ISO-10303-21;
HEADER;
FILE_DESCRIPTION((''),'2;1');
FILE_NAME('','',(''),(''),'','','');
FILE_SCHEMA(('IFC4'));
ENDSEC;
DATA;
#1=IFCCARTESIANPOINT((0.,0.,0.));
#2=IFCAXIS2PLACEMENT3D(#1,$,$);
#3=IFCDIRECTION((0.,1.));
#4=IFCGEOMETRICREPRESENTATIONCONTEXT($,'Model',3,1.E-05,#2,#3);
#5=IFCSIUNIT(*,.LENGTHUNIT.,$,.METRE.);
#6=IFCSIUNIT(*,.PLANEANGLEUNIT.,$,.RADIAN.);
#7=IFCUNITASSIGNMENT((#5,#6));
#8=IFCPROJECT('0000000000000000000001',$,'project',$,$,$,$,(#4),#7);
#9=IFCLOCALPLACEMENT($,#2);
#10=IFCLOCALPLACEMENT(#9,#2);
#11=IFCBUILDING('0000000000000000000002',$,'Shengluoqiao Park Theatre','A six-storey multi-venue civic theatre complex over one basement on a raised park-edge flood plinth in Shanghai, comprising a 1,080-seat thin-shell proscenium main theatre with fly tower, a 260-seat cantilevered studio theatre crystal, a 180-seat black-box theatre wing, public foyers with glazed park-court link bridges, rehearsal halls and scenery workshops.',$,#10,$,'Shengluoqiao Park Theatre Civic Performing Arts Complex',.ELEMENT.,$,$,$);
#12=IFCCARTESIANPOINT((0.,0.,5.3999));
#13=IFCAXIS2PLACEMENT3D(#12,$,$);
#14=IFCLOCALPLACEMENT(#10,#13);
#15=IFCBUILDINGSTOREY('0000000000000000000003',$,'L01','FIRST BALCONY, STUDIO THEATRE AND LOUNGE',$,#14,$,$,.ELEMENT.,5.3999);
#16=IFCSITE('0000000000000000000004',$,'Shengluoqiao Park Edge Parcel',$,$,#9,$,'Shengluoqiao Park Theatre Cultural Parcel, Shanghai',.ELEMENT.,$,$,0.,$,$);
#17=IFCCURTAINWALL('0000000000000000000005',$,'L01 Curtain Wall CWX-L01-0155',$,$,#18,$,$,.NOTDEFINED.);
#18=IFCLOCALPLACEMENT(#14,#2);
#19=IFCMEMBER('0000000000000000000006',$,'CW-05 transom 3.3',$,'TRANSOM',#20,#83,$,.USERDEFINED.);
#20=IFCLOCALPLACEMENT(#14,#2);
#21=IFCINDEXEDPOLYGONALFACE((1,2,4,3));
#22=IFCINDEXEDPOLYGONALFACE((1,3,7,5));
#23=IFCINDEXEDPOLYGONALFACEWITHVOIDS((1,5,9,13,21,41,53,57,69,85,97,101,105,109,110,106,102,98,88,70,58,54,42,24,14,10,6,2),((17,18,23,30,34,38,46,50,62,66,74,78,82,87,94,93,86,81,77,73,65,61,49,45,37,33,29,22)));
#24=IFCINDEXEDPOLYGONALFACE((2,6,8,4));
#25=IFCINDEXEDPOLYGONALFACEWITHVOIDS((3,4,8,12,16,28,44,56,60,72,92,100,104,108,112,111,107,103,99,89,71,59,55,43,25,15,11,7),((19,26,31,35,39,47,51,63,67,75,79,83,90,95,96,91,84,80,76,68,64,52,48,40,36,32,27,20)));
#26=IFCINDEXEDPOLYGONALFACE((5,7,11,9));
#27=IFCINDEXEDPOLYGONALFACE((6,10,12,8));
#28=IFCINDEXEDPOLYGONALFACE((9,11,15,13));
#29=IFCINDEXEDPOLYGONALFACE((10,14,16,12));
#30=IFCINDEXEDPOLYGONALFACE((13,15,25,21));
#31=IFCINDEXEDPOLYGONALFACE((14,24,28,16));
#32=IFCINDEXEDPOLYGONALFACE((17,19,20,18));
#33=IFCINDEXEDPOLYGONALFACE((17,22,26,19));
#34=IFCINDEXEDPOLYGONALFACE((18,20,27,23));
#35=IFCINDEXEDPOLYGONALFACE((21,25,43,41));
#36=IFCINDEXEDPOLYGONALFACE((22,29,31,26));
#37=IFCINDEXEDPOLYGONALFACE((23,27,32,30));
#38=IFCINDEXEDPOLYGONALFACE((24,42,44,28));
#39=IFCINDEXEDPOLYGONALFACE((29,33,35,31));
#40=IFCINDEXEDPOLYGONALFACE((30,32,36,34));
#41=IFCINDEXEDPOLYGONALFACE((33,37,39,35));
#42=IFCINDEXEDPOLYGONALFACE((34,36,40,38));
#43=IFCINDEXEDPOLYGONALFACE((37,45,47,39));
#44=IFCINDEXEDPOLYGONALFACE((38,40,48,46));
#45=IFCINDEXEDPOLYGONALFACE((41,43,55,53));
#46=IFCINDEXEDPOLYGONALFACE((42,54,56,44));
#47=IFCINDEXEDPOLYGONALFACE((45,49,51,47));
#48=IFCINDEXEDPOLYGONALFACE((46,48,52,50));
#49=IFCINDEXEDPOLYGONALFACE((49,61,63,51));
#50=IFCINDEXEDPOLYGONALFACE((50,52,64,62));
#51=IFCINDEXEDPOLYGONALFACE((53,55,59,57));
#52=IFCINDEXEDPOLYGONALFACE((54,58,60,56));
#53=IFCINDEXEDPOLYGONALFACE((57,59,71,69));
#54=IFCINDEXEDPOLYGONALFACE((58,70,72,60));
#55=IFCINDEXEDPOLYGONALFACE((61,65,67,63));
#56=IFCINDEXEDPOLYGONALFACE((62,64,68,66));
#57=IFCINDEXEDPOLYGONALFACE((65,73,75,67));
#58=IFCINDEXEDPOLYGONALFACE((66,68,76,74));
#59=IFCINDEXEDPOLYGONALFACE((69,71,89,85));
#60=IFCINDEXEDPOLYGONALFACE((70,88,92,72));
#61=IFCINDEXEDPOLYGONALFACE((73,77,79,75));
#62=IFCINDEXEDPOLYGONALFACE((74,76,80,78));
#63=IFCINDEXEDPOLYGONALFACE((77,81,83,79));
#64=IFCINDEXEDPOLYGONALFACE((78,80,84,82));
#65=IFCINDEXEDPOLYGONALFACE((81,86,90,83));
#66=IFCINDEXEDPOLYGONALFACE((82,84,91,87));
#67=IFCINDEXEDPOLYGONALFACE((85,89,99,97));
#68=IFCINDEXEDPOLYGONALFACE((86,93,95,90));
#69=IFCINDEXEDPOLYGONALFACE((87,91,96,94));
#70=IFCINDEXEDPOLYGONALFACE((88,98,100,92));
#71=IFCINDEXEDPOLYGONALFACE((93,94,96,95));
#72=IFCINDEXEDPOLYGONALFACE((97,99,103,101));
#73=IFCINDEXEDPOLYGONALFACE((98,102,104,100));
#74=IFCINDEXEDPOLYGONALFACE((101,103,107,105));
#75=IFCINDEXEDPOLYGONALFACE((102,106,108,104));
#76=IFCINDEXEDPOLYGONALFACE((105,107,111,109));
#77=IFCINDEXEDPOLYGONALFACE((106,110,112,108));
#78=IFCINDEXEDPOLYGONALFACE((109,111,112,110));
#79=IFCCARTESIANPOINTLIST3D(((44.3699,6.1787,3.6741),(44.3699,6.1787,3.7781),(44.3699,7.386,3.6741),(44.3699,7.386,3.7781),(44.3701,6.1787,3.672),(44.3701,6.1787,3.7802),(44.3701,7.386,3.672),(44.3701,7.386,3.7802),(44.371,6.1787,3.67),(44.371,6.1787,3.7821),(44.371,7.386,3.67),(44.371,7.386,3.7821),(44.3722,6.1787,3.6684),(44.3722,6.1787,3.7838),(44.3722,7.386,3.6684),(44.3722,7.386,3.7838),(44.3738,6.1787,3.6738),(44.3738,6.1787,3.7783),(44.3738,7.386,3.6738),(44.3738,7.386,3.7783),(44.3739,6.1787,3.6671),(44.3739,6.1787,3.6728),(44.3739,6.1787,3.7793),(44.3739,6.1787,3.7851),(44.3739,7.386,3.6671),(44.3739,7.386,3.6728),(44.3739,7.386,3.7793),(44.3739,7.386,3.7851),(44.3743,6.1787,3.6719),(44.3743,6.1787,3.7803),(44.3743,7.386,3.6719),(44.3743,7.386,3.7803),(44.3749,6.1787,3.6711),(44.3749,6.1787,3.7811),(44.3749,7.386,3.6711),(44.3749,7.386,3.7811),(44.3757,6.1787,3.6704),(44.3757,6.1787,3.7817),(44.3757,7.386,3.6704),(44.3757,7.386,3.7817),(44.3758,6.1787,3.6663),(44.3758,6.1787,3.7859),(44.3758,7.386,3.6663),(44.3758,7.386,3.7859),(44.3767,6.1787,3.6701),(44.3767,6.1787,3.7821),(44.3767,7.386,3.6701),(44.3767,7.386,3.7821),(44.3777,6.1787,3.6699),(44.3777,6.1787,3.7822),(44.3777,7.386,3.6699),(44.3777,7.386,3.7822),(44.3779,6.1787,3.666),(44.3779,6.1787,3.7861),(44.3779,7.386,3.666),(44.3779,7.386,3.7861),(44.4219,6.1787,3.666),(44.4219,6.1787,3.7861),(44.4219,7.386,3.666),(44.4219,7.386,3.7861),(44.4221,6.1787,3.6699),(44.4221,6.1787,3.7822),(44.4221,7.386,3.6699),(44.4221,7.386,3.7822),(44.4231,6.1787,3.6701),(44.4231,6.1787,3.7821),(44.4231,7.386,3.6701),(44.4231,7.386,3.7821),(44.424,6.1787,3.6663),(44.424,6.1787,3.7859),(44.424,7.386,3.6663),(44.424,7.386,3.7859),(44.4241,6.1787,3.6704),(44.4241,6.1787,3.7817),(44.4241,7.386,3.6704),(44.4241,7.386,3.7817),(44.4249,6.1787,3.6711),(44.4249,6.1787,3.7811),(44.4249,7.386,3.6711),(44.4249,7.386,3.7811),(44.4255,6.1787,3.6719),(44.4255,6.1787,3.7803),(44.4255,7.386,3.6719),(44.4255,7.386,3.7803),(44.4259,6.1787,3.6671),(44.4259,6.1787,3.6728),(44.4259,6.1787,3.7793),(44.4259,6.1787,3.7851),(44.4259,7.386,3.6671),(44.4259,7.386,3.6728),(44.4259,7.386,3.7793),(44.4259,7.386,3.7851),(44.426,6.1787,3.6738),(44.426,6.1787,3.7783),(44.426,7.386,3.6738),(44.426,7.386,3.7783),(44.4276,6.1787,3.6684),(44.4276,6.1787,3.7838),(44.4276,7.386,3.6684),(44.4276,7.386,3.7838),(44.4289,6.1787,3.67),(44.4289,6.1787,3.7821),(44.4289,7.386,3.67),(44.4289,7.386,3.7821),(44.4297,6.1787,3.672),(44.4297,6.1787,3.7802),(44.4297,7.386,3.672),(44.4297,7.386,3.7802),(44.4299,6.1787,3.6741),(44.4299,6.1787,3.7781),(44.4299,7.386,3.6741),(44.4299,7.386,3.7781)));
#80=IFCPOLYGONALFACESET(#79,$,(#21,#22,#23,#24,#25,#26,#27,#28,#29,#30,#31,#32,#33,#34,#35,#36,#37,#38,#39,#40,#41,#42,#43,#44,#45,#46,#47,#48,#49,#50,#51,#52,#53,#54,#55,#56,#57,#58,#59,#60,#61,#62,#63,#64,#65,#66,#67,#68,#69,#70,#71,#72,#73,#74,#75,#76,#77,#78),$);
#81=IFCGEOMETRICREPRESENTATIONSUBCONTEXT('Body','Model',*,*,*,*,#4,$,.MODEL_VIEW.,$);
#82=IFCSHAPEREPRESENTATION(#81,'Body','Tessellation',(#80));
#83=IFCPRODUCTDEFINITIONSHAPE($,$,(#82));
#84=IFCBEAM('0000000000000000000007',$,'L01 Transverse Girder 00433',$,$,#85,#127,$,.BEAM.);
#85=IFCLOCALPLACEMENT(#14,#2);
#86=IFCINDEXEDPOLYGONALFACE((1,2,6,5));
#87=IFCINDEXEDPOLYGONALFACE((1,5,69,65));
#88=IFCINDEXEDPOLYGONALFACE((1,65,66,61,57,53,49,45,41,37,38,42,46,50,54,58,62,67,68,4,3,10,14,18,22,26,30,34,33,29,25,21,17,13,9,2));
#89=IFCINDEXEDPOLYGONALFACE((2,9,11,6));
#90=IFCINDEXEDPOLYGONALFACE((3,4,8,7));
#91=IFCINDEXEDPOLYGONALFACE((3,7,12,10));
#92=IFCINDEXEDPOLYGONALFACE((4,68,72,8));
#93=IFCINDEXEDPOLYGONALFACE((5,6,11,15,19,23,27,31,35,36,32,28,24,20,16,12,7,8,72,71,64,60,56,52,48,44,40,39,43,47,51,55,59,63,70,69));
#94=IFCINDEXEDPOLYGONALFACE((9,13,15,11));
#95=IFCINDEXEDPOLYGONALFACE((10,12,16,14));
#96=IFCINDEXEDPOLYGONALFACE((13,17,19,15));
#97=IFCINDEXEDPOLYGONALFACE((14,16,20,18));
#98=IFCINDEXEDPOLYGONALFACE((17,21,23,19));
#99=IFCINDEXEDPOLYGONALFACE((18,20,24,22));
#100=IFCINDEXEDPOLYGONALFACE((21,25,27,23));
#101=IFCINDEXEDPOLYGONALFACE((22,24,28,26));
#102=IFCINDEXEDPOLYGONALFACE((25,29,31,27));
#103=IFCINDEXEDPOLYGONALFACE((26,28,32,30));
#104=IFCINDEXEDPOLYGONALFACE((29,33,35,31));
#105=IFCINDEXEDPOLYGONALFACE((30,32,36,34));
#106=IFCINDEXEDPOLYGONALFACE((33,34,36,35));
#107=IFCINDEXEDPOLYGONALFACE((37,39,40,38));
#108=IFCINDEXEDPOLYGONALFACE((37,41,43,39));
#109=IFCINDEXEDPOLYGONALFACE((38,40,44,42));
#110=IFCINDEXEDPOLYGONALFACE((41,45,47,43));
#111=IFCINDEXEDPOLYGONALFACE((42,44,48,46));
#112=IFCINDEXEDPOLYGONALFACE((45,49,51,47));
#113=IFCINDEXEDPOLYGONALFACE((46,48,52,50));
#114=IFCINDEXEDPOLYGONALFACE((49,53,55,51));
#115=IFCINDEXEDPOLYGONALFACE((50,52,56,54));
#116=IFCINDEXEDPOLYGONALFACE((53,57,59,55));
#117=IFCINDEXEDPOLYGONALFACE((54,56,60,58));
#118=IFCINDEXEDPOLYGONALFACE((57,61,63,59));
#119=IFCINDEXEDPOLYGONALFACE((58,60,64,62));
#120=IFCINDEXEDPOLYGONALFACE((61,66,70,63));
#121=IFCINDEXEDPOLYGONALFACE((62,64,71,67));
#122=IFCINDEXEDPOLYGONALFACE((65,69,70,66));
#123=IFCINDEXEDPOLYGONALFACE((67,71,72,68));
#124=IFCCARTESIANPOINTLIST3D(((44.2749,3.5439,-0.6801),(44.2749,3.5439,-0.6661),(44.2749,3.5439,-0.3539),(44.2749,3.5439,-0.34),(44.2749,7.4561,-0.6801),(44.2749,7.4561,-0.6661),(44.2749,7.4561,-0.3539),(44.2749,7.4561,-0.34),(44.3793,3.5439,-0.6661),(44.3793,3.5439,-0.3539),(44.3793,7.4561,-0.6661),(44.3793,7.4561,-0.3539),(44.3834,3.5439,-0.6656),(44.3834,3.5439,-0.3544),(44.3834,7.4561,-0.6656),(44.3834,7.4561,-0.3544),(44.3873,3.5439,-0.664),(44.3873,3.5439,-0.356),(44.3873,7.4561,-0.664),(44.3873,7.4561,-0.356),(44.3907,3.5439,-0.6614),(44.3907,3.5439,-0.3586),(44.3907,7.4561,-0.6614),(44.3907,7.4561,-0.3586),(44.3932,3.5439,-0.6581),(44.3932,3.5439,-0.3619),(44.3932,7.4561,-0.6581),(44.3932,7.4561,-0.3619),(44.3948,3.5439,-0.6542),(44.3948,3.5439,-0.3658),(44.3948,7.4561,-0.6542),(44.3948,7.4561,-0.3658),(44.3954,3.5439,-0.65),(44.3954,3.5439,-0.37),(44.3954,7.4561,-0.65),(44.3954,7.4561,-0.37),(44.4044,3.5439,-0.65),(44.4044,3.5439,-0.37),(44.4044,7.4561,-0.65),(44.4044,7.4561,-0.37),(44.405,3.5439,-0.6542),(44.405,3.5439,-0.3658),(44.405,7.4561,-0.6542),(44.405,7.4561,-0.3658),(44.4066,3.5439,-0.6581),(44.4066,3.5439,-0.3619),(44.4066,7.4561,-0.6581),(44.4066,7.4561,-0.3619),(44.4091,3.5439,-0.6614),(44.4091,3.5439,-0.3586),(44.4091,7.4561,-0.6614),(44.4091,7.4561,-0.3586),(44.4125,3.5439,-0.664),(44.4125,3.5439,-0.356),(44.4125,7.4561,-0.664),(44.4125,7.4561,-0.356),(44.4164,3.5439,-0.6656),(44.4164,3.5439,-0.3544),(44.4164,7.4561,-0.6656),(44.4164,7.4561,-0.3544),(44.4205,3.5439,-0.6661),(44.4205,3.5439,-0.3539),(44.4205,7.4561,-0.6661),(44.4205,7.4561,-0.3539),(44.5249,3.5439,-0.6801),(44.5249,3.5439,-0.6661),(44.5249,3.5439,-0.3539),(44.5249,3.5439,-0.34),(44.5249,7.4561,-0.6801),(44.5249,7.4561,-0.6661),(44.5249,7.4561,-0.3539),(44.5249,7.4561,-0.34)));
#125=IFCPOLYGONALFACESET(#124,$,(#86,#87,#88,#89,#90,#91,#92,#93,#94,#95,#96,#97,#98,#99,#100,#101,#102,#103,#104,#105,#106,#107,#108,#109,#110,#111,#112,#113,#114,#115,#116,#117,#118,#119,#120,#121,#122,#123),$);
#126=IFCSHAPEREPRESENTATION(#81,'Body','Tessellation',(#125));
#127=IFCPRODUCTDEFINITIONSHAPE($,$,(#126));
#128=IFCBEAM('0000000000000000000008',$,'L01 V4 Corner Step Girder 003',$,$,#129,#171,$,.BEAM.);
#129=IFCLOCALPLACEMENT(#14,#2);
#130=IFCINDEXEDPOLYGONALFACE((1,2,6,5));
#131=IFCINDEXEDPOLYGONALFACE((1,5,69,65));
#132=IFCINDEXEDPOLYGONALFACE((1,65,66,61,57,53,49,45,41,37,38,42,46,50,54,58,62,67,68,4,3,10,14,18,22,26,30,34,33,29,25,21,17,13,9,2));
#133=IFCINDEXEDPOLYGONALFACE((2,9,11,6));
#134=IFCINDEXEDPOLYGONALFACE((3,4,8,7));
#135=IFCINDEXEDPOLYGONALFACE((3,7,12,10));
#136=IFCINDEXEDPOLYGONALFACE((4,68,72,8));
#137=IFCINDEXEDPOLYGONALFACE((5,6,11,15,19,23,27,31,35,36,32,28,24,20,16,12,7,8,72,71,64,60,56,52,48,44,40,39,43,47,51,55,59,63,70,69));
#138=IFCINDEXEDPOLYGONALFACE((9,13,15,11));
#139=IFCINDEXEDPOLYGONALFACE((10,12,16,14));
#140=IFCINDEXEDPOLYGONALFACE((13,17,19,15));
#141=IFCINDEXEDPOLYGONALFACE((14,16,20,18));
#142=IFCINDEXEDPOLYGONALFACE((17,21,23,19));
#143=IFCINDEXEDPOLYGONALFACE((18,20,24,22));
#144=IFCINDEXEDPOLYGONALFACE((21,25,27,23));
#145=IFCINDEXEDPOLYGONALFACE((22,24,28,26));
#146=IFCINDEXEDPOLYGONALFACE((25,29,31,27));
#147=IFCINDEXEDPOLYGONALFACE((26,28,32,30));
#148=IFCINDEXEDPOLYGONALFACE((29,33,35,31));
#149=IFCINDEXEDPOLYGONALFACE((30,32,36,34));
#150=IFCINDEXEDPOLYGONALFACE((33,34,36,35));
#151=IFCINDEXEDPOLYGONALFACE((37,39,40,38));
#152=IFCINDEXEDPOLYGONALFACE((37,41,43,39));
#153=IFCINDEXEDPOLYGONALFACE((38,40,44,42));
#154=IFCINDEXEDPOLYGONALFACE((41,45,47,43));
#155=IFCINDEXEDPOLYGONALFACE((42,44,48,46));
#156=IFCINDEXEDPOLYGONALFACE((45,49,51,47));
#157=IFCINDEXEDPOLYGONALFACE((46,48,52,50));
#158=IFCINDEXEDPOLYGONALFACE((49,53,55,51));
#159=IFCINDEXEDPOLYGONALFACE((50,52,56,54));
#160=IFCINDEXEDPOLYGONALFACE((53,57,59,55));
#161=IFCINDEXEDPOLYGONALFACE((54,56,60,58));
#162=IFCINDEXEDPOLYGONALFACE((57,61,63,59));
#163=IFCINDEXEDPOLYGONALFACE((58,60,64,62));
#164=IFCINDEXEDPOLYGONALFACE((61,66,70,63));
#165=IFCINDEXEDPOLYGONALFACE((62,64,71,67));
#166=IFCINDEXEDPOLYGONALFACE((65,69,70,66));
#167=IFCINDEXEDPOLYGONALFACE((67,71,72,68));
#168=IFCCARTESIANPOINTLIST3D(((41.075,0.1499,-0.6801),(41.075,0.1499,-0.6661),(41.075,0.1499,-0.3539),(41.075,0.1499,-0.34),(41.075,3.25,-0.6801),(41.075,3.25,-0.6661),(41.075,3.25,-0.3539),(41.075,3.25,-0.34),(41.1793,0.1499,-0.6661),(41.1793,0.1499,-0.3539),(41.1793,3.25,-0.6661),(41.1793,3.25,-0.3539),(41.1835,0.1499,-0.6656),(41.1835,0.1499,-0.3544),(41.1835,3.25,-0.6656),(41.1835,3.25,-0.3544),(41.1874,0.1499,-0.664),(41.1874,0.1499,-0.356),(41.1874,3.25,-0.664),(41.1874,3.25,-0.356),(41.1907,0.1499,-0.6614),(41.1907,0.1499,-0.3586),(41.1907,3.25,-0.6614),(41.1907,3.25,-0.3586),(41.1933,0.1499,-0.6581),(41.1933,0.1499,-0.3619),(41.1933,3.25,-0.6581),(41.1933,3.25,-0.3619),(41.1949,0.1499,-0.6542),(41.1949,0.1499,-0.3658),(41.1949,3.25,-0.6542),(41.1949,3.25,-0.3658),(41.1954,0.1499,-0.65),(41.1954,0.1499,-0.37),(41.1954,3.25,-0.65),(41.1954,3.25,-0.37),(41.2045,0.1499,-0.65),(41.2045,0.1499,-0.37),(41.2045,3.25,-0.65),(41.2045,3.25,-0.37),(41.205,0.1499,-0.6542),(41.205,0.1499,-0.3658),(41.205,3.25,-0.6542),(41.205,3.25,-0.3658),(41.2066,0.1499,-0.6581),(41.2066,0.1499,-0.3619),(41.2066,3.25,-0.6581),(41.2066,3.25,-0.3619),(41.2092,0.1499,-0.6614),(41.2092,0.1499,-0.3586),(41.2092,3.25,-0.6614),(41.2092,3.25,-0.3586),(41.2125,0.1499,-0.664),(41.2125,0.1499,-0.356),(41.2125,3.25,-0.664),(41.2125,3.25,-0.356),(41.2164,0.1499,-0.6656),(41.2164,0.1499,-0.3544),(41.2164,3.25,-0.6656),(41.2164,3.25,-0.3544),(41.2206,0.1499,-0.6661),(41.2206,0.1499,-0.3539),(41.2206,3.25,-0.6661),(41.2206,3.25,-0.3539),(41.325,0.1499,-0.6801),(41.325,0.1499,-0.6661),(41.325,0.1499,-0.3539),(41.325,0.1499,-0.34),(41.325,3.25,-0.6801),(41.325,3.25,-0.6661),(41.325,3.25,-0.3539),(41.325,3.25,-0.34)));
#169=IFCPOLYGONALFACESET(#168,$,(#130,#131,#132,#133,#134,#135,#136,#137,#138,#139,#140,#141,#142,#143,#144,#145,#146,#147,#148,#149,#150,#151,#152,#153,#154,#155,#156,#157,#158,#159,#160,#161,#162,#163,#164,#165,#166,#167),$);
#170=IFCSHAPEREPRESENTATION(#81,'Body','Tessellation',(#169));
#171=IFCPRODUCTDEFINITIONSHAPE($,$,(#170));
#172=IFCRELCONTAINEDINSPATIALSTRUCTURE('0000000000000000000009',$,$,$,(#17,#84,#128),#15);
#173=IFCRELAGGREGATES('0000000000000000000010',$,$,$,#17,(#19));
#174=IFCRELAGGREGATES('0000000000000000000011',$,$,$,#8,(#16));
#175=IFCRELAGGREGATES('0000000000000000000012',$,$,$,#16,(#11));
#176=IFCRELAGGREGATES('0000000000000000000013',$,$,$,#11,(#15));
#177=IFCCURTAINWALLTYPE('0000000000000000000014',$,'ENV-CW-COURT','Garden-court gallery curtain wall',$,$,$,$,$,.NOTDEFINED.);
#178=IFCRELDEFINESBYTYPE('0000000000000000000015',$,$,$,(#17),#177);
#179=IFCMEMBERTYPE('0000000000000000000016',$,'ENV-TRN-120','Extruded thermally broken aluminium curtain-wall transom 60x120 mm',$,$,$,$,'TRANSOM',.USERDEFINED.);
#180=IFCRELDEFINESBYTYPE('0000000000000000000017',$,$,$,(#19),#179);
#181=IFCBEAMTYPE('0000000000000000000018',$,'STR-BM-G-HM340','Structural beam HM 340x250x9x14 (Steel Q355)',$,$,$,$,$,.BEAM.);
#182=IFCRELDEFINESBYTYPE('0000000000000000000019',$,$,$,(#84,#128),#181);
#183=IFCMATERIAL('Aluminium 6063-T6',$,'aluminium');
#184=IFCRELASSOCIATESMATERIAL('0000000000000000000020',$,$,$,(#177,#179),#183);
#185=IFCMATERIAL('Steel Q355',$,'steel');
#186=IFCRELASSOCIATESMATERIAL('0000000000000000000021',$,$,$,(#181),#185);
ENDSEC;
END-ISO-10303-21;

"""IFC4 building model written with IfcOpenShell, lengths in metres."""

from ifc_helpers import new_model, si_unit, direction, frame, origin, origin_2d, place, context, subcontext, project, spatial, hollow_rectangle, i_section, extrude, material, material_profile, profile_set, type_object, element, aggregate, save


model = new_model("IFC4")

# Units and contexts
model_context = context("Model", 3, precision=1e-05, world=origin(), true_north=direction((0.0, 1.0)))
body_context = subcontext(model_context, "Body", "Model", "MODEL_VIEW")
ifc_project = project(units=[si_unit("LENGTHUNIT", "METRE"), si_unit("PLANEANGLEUNIT", "RADIAN")], contexts=[model_context])

# Site, building, storey
site_placement = place(None, origin())
site = spatial("IfcSite", under=ifc_project, at=site_placement, Name="Shengluoqiao Park Edge Parcel", LongName="Shengluoqiao Park Theatre Cultural Parcel, Shanghai", CompositionType="ELEMENT", RefElevation=0.0)
building_placement = place(site_placement, origin())
building = spatial("IfcBuilding", under=site, at=building_placement, Name="Shengluoqiao Park Theatre", Description="A six-storey multi-venue civic theatre complex over one basement on a raised park-edge flood plinth in Shanghai, comprising a 1,080-seat thin-shell proscenium main theatre with fly tower, a 260-seat cantilevered studio theatre crystal, a 180-seat black-box theatre wing, public foyers with glazed park-court link bridges, rehearsal halls and scenery workshops.", LongName="Shengluoqiao Park Theatre Civic Performing Arts Complex", CompositionType="ELEMENT")
storey_placement = place(building_placement, frame((0.0, 0.0, 5.3999)))
storey = spatial("IfcBuildingStorey", under=building, at=storey_placement, Name="L01", Description="FIRST BALCONY, STUDIO THEATRE AND LOUNGE", CompositionType="ELEMENT", Elevation=5.3999)

# Shared definitions
ifc_material_1 = material(Name="Steel Q355", Category="steel")

# Curtain wall, member
ifc_material_2 = material(Name="Aluminium 6063-T6", Category="aluminium")
curtain_wall_type = type_object("IfcCurtainWallType", Name="ENV-CW-COURT", Description="Garden-court gallery curtain wall", PredefinedType="NOTDEFINED", material=ifc_material_2)
curtain_wall_placement = place(storey_placement, origin())
curtain_wall = element("IfcCurtainWall", 1, at=curtain_wall_placement, inside=storey, type_object=curtain_wall_type, Name="L01 Curtain Wall CWX-L01-0155", PredefinedType="NOTDEFINED")
ifc_material_profile_1 = material_profile(ifc_material_2, hollow_rectangle(XDim=0.0601, YDim=0.1201, WallThickness=0.0039, InnerFilletRadius=0.0039, OuterFilletRadius=0.0081, at=origin_2d()), Name="ALU TRANSOM 120x60x4")
ifc_profile_set_1 = profile_set([ifc_material_profile_1], Name="Aluminium 6063-T6")
member_type_1 = type_object("IfcMemberType", Name="ENV-TRN-120", Description="Extruded thermally broken aluminium curtain-wall transom 60x120 mm", ElementType="TRANSOM", PredefinedType="USERDEFINED", material=ifc_profile_set_1)
member_1_placement = place(storey_placement, frame((44.3999, 6.1787, 3.7261), z_axis=(0.0, 1.0, 0.0), x_axis=(-1.0, 0.0, 0.0)))
member_1 = element("IfcMember", 2, at=member_1_placement, type_object=member_type_1, Name="CW-05 transom 3.3", ObjectType="TRANSOM", PredefinedType="USERDEFINED", context=body_context, shape_type="SweptSolid", body=[
    extrude(hollow_rectangle(XDim=0.0601, YDim=0.1201, WallThickness=0.0039, InnerFilletRadius=0.0039, OuterFilletRadius=0.0081, at=origin_2d()), origin(), (0.0, 0.0, 1.0), 1.2073),
])

# Beams
ifc_material_profile_2 = material_profile(ifc_material_1, i_section(OverallWidth=0.25, OverallDepth=0.3401, WebThickness=0.009, FlangeThickness=0.0139, FilletRadius=0.0161, at=origin_2d()), Name="HM 340x250x9x14")
ifc_profile_set_2 = profile_set([ifc_material_profile_2], Name="Steel Q355")
beam_type_1 = type_object("IfcBeamType", Name="STR-BM-G-HM340", Description="Structural beam HM 340x250x9x14 (Steel Q355)", PredefinedType="BEAM", material=ifc_profile_set_2)
beam_1_placement = place(storey_placement, frame((44.3999, 3.5439, -0.51), z_axis=(0.0, 1.0, 0.0), x_axis=(-1.0, 0.0, 0.0)))
element("IfcBeam", 3, at=beam_1_placement, inside=storey, type_object=beam_type_1, Name="L01 Transverse Girder 00433", PredefinedType="BEAM", context=body_context, shape_type="SweptSolid", body=[
    extrude(i_section(OverallWidth=0.25, OverallDepth=0.3401, WebThickness=0.009, FlangeThickness=0.0139, FilletRadius=0.0161, at=origin_2d()), origin(), (0.0, 0.0, 1.0), 3.9121),
])
beam_2_placement = place(storey_placement, frame((41.2, 0.1499, -0.51), z_axis=(0.0, 1.0, 0.0), x_axis=(-1.0, 0.0, 0.0)))
element("IfcBeam", 4, at=beam_2_placement, inside=storey, type_object=beam_type_1, Name="L01 V4 Corner Step Girder 003", PredefinedType="BEAM", context=body_context, shape_type="SweptSolid", body=[
    extrude(i_section(OverallWidth=0.25, OverallDepth=0.3401, WebThickness=0.009, FlangeThickness=0.0139, FilletRadius=0.0161, at=origin_2d()), origin(), (0.0, 0.0, 1.0), 3.1001),
])

aggregate(curtain_wall, [member_1])

save(model, "model.ifc")
